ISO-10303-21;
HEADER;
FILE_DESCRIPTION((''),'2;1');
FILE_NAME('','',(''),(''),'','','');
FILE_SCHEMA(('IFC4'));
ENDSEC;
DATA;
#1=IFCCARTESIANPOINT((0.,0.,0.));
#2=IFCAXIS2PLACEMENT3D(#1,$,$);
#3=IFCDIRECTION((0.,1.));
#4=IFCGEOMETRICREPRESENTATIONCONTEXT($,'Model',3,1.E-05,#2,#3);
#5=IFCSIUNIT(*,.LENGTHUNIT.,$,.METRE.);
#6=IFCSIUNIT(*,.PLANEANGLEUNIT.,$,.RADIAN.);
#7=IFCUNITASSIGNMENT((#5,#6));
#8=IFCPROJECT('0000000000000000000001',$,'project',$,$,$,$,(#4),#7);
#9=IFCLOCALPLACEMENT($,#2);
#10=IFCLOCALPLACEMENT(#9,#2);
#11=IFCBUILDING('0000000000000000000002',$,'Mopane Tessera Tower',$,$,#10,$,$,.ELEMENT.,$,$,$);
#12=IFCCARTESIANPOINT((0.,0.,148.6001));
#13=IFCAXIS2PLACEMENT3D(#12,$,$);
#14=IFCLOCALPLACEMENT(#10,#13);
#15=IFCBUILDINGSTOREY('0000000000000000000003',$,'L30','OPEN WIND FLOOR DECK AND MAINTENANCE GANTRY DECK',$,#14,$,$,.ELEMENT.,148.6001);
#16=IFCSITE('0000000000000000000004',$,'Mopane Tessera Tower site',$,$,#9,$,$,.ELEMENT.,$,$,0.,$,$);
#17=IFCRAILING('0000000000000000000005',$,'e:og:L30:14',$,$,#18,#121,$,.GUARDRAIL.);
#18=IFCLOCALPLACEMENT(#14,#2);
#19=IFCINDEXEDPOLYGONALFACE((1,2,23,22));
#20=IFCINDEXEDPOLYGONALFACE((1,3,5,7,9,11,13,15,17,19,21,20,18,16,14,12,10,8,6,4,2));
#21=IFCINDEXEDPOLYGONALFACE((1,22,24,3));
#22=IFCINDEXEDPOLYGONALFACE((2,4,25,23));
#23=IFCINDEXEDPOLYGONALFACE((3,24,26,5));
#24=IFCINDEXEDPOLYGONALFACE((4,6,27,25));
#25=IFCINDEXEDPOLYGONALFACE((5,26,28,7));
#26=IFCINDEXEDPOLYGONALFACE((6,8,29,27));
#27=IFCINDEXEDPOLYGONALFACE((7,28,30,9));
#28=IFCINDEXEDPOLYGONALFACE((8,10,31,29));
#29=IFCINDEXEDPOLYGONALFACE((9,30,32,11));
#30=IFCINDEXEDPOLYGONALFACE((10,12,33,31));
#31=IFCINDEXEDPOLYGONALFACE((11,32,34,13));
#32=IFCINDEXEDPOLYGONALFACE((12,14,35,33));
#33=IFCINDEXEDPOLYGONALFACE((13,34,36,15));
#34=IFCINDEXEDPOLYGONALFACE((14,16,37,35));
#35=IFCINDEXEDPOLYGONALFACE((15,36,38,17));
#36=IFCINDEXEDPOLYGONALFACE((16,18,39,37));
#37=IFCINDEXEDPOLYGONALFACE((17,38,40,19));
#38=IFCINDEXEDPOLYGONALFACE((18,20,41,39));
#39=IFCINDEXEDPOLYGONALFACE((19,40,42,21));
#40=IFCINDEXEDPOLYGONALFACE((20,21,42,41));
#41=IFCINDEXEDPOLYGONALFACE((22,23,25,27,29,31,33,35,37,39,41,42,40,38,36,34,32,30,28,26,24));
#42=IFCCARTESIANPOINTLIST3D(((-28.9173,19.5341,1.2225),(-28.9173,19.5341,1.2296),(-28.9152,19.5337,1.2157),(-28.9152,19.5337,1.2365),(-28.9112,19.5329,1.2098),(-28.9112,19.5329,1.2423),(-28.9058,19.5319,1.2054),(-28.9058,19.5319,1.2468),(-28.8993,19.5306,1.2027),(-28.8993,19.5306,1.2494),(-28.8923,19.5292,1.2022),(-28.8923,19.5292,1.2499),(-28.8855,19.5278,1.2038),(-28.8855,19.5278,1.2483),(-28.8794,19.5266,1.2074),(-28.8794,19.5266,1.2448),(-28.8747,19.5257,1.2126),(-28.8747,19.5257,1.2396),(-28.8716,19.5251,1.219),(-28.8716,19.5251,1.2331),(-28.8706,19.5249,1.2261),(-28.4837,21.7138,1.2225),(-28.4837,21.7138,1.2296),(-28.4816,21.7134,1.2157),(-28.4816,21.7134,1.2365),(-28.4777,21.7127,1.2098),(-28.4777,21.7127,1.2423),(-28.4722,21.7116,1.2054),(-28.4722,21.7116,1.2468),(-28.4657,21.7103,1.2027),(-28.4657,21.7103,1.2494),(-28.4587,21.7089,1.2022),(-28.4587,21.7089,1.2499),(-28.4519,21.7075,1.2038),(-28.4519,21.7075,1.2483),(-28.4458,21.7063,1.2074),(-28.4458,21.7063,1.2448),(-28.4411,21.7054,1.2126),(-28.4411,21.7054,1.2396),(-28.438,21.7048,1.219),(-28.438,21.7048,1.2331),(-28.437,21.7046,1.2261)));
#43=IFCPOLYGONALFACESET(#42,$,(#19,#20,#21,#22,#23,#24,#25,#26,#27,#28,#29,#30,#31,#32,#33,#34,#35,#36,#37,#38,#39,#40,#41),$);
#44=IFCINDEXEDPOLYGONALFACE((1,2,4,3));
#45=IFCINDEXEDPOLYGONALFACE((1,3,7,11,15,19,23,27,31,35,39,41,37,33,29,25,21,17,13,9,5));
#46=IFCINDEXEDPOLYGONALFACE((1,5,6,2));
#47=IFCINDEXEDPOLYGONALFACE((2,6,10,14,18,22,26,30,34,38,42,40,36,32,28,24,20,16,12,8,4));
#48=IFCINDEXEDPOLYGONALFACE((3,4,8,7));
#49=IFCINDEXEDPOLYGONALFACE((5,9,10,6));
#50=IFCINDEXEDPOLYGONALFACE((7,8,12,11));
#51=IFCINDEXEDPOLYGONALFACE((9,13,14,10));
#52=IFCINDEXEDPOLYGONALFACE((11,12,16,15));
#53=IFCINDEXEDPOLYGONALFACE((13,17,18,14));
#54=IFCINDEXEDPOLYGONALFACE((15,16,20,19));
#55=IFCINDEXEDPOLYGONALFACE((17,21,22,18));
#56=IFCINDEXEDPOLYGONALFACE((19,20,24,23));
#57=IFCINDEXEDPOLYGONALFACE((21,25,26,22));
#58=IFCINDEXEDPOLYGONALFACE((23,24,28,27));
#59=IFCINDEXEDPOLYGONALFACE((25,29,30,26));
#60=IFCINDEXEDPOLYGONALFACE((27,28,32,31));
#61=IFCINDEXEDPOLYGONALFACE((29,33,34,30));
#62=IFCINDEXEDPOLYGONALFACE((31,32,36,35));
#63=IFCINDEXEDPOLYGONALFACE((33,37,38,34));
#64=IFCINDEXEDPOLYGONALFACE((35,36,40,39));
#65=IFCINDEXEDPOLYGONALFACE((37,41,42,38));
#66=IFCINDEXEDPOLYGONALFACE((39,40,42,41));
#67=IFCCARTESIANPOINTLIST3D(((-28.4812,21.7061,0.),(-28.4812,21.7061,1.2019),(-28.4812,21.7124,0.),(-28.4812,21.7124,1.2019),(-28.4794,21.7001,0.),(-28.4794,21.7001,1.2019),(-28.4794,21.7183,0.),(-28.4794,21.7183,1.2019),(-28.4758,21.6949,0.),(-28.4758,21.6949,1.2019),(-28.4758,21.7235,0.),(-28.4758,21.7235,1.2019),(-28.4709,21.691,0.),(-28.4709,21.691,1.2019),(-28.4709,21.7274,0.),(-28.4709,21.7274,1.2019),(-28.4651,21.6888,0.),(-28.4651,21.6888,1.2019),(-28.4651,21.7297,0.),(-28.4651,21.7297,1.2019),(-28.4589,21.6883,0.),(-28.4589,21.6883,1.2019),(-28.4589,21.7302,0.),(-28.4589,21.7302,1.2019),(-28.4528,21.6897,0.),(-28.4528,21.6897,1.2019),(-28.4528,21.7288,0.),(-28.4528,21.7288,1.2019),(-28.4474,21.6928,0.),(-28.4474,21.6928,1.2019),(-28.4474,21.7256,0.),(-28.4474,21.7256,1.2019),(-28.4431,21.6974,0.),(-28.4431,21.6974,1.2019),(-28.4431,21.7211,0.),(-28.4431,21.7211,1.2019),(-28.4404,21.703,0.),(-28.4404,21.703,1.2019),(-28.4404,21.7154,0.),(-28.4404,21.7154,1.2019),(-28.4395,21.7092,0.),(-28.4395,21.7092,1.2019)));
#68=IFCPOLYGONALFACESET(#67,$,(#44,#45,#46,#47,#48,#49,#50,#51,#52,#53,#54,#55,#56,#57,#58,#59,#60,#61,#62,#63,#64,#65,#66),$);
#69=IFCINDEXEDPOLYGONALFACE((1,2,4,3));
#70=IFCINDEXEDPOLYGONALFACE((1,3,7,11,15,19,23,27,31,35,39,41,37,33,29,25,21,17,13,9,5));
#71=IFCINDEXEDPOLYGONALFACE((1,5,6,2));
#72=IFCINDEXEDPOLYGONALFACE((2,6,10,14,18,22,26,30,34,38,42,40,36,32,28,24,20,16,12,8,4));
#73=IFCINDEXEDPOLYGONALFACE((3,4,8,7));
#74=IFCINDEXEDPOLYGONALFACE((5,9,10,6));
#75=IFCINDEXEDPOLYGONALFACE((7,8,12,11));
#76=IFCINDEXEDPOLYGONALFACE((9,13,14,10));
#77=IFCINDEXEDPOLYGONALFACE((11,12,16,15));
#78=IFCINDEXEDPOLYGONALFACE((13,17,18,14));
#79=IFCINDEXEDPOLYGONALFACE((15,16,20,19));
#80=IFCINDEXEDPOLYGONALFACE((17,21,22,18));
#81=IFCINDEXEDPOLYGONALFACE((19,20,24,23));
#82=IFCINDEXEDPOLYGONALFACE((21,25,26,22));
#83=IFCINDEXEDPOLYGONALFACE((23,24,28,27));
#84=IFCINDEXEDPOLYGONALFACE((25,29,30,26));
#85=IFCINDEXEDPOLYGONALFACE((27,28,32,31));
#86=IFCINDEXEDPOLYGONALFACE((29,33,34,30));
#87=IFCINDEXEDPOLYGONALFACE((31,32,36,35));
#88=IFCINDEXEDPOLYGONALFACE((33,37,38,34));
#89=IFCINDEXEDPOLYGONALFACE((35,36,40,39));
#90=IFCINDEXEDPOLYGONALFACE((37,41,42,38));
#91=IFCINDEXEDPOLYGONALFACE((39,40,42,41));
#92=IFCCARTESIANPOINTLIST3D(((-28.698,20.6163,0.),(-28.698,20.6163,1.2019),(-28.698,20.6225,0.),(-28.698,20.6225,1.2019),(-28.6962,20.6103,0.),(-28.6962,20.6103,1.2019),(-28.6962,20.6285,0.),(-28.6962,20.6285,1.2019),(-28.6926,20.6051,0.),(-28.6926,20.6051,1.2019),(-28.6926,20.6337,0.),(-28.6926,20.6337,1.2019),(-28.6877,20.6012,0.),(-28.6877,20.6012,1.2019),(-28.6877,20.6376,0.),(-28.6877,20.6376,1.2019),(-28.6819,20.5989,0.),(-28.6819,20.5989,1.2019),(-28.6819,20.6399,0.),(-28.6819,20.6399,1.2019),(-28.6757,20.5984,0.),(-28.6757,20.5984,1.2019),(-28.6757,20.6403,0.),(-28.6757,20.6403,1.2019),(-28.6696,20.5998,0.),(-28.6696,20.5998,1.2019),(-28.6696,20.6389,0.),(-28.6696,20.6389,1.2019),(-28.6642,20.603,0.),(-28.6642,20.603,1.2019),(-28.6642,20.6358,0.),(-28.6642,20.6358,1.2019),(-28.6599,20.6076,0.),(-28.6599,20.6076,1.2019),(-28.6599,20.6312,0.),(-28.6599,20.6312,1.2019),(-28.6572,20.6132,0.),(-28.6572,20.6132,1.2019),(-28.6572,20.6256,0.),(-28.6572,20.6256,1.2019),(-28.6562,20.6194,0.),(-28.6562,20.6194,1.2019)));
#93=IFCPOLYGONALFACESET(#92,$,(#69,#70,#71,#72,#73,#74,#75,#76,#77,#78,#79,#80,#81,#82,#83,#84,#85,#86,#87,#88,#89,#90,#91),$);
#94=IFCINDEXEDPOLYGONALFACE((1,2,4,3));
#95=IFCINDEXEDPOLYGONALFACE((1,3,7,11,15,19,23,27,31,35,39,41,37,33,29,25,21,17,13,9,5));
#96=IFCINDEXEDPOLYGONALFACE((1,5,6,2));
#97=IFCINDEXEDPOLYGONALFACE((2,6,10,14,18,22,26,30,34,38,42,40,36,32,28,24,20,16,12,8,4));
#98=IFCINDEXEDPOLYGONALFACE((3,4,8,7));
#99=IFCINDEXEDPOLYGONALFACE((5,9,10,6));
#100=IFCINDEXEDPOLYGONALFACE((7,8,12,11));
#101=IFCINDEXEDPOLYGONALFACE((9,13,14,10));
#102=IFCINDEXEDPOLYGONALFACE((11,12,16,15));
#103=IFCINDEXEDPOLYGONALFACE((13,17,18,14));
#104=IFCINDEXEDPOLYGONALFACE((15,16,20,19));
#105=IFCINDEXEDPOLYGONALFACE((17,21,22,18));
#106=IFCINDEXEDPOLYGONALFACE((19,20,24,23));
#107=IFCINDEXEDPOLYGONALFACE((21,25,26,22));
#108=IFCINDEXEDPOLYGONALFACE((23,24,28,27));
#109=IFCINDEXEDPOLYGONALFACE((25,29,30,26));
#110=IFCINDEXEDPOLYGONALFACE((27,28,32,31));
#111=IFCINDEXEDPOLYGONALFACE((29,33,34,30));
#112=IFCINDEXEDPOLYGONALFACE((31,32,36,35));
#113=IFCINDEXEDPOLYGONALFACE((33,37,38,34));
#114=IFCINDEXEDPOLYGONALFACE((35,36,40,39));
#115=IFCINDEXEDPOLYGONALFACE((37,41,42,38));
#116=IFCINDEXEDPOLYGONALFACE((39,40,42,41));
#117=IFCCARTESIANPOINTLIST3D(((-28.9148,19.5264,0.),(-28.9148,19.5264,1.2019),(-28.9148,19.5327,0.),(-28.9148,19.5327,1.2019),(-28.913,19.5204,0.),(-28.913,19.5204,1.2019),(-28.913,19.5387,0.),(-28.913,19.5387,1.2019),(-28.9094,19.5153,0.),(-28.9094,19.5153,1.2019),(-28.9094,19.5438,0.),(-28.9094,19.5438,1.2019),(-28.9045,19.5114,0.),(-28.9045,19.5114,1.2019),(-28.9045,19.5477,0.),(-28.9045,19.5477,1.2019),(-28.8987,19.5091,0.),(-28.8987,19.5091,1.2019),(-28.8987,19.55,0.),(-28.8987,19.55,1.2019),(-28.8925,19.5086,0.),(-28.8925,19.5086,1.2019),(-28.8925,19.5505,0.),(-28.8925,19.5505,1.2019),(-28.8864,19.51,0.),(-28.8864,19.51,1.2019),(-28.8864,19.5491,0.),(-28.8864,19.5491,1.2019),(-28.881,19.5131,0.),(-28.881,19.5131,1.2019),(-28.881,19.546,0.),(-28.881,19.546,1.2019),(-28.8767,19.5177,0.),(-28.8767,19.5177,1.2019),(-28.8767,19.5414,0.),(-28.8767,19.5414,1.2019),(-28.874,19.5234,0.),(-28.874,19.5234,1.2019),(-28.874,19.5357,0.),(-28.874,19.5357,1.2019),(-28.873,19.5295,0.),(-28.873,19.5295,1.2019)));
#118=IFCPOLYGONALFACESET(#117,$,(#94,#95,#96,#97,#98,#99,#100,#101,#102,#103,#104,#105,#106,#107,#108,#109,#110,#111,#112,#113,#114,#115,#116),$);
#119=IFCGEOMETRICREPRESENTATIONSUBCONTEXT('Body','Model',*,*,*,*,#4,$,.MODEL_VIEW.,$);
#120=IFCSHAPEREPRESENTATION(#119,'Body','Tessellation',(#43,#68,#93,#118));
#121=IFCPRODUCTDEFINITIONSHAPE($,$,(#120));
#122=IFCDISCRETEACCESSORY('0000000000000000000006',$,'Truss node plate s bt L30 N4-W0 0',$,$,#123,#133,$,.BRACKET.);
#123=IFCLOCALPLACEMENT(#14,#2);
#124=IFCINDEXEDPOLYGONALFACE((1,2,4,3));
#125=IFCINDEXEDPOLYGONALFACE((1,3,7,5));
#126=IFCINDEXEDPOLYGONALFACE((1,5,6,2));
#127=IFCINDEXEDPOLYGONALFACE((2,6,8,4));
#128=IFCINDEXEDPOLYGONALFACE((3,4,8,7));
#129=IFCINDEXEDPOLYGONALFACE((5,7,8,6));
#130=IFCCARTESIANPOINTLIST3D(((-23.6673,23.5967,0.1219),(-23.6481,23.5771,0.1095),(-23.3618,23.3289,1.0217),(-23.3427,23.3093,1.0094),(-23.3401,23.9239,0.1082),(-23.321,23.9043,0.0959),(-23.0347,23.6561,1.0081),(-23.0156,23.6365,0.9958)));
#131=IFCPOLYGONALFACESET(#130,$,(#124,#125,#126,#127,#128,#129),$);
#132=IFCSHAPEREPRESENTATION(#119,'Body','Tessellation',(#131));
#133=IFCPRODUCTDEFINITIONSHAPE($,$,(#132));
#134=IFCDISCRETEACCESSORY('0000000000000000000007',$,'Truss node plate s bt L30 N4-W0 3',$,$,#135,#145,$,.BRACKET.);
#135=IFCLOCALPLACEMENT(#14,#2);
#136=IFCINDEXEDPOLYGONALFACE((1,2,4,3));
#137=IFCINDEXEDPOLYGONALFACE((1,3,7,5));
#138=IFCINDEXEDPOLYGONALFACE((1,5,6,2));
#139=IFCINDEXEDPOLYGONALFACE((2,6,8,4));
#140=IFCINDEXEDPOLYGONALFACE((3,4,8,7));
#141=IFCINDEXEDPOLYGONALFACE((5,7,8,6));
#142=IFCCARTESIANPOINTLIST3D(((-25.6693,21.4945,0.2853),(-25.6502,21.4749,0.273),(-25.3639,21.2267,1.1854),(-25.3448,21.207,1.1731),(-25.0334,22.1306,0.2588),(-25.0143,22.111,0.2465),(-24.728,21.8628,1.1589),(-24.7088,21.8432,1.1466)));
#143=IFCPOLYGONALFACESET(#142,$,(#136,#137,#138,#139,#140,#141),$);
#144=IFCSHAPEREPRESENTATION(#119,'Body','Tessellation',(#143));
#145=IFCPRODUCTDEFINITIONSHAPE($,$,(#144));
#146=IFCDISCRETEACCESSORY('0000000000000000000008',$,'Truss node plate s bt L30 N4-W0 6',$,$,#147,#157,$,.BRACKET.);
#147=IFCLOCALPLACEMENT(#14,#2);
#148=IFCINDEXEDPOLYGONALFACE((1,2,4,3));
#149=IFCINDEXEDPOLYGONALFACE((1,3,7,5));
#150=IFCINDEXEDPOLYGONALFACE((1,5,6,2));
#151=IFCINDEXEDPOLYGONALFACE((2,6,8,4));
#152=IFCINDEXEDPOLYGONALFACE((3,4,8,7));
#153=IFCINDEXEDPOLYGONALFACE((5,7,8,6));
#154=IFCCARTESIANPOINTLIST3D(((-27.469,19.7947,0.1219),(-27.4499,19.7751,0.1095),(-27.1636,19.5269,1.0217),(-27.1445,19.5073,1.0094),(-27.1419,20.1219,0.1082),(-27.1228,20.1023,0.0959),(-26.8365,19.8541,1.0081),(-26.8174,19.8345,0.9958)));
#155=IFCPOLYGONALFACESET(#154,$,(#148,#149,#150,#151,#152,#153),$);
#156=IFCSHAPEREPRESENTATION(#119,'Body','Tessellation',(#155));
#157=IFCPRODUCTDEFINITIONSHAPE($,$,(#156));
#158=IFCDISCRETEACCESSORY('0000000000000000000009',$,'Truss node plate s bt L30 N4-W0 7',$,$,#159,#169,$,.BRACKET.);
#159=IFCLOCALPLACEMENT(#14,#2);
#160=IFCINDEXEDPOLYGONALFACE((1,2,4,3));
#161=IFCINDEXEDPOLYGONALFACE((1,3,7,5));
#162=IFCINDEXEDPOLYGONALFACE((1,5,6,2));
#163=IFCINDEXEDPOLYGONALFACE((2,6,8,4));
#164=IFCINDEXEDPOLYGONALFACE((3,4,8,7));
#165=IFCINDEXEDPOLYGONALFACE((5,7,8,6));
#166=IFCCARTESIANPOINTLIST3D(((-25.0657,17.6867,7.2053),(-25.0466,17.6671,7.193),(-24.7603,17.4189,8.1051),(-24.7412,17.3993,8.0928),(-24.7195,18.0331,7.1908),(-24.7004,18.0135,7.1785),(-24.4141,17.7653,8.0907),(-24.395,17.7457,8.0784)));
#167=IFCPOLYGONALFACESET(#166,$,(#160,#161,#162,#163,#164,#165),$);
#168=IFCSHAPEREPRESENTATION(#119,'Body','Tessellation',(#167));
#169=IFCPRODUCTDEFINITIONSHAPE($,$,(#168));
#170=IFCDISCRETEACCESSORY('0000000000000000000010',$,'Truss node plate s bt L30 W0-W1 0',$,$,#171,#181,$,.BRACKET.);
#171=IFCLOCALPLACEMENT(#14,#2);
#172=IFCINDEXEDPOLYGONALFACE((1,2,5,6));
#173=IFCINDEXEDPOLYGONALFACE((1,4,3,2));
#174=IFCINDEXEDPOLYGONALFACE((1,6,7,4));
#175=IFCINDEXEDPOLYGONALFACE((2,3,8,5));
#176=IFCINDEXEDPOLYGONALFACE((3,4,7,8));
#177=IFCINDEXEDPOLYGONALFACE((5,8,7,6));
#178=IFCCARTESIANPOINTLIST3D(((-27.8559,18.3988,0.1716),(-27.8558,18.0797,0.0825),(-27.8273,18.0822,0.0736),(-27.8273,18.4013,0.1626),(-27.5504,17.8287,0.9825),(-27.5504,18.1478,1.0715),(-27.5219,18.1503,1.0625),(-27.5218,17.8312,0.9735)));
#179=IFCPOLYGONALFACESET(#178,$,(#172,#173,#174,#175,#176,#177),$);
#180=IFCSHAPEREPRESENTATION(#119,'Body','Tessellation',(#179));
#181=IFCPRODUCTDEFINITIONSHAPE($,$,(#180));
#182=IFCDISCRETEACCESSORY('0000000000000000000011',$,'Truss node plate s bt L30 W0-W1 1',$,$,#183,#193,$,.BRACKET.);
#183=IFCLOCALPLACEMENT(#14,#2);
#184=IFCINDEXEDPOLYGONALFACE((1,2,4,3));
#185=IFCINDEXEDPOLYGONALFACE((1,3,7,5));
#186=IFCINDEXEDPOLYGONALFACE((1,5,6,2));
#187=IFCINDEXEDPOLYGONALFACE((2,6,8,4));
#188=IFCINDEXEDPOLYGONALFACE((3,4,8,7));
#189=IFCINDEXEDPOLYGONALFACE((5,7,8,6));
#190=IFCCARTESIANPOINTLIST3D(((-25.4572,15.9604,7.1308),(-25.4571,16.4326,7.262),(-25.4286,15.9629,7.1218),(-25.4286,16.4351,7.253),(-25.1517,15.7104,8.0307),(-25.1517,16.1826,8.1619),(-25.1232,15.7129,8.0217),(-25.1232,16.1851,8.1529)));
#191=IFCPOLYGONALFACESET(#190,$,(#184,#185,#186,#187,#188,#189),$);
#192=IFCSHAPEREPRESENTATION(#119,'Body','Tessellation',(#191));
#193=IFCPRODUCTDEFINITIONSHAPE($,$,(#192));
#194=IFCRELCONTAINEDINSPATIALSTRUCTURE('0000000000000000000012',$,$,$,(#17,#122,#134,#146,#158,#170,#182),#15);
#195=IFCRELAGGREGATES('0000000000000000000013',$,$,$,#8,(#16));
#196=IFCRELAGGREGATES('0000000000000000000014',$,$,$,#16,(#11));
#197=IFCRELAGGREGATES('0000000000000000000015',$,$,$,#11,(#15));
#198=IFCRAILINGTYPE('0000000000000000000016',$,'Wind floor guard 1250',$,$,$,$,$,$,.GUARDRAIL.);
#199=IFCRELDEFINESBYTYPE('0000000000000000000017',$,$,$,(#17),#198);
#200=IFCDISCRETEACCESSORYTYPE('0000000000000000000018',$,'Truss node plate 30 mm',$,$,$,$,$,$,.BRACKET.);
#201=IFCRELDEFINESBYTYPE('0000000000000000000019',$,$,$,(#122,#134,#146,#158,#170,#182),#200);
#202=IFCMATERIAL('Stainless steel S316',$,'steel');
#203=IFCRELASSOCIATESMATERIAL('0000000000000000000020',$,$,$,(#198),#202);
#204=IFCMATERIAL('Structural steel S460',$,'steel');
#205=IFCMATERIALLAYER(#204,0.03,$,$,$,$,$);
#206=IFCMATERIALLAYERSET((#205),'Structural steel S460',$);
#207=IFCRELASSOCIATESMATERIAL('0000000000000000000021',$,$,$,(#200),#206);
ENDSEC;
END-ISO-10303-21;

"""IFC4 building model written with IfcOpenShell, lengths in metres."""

from ifc_helpers import new_model, si_unit, direction, frame, origin, origin_2d, place, context, subcontext, project, spatial, rectangle, circle, extrude, material, layer, layer_set, type_object, element, save


model = new_model("IFC4")

# Units and contexts
model_context = context("Model", 3, precision=1e-05, world=origin(), true_north=direction((0.0, 1.0)))
body_context = subcontext(model_context, "Body", "Model", "MODEL_VIEW")
ifc_project = project(units=[si_unit("LENGTHUNIT", "METRE"), si_unit("PLANEANGLEUNIT", "RADIAN")], contexts=[model_context])

# Site, building, storey
site_placement = place(None, origin())
site = spatial("IfcSite", under=ifc_project, at=site_placement, Name="Mopane Tessera Tower site", CompositionType="ELEMENT", RefElevation=0.0)
building_placement = place(site_placement, origin())
building = spatial("IfcBuilding", under=site, at=building_placement, Name="Mopane Tessera Tower", CompositionType="ELEMENT")
storey_placement = place(building_placement, frame((0.0, 0.0, 148.6001)))
storey = spatial("IfcBuildingStorey", under=building, at=storey_placement, Name="L30", Description="OPEN WIND FLOOR DECK AND MAINTENANCE GANTRY DECK", CompositionType="ELEMENT", Elevation=148.6001)

# Railing
ifc_material_1 = material(Name="Stainless steel S316", Category="steel")
railing_type = type_object("IfcRailingType", Name="Wind floor guard 1250", PredefinedType="GUARDRAIL", material=ifc_material_1)
railing_1_placement = place(storey_placement, frame((-28.4604, 21.7092, 0.0)))
element("IfcRailing", 1, at=railing_1_placement, inside=storey, type_object=railing_type, Name="e:og:L30:14", PredefinedType="GUARDRAIL", context=body_context, shape_type="SweptSolid", body=[
    extrude(circle(Radius=0.0239, at=origin_2d()), frame((0.0, 0.0, 1.2261), z_axis=(-0.195102, -0.980783, 0.0), x_axis=(0.980783, -0.195102, 0.0)), (0.0, 0.0, 1.0), 2.2224),
    extrude(circle(Radius=0.021, at=origin_2d()), origin(), (0.0, 0.0, 1.0), 1.2019),
    extrude(circle(Radius=0.021, at=origin_2d()), frame((-0.2168, -1.0898, 0.0)), (0.0, 0.0, 1.0), 1.2019),
    extrude(circle(Radius=0.021, at=origin_2d()), frame((-0.4336, -2.1797, 0.0)), (0.0, 0.0, 1.0), 1.2019),
])

# Discrete accessories
ifc_material_2 = material(Name="Structural steel S460", Category="steel")
ifc_layer_1 = layer(ifc_material_2, 0.03)
ifc_layer_set_1 = layer_set([ifc_layer_1], Name="Structural steel S460")
discrete_accessory_type = type_object("IfcDiscreteAccessoryType", Name="Truss node plate 30 mm", PredefinedType="BRACKET", material=ifc_layer_set_1)
discrete_accessory_1_placement = place(storey_placement, frame((-23.4941, 23.7505, 0.1089), z_axis=(0.309337, -0.271257, 0.911444), x_axis=(0.636314, -0.653225, -0.410368)))
element("IfcDiscreteAccessory", 2, at=discrete_accessory_1_placement, inside=storey, type_object=discrete_accessory_type, Name="Truss node plate s bt L30 N4-W0 0", PredefinedType="BRACKET", context=body_context, shape_type="SweptSolid", body=[
    extrude(rectangle(XDim=0.03, YDim=0.4629, at=origin_2d()), origin(), (0.0, 0.0, 1.0), 0.9873),
])
discrete_accessory_2_placement = place(storey_placement, frame((-25.3418, 21.8027, 0.2659), z_axis=(0.309267, -0.271196, 0.911486), x_axis=(0.636345, -0.653252, -0.410276)))
element("IfcDiscreteAccessory", 3, at=discrete_accessory_2_placement, inside=storey, type_object=discrete_accessory_type, Name="Truss node plate s bt L30 N4-W0 3", PredefinedType="BRACKET", context=body_context, shape_type="SweptSolid", body=[
    extrude(rectangle(XDim=0.03, YDim=0.8999, at=origin_2d()), origin(), (0.0, 0.0, 1.0), 0.9875),
])
discrete_accessory_3_placement = place(storey_placement, frame((-27.2959, 19.9485, 0.1089), z_axis=(0.309337, -0.271257, 0.911444), x_axis=(0.636314, -0.653225, -0.410368)))
element("IfcDiscreteAccessory", 4, at=discrete_accessory_3_placement, inside=storey, type_object=discrete_accessory_type, Name="Truss node plate s bt L30 N4-W0 6", PredefinedType="BRACKET", context=body_context, shape_type="SweptSolid", body=[
    extrude(rectangle(XDim=0.03, YDim=0.4629, at=origin_2d()), origin(), (0.0, 0.0, 1.0), 0.9873),
])
discrete_accessory_4_placement = place(storey_placement, frame((-24.8831, 17.8501, 7.1919), z_axis=(0.309337, -0.271257, 0.911444), x_axis=(0.636314, -0.653225, -0.410368)))
element("IfcDiscreteAccessory", 5, at=discrete_accessory_4_placement, inside=storey, type_object=discrete_accessory_type, Name="Truss node plate s bt L30 N4-W0 7", PredefinedType="BRACKET", context=body_context, shape_type="SweptSolid", body=[
    extrude(rectangle(XDim=0.03, YDim=0.49, at=origin_2d()), origin(), (0.0, 0.0, 1.0), 0.9873),
])
discrete_accessory_5_placement = place(storey_placement, frame((-27.8416, 18.2405, 0.1226), z_axis=(0.310733, -0.255343, 0.915557), x_axis=(0.950497, 0.083642, -0.299264)))
element("IfcDiscreteAccessory", 6, at=discrete_accessory_5_placement, inside=storey, type_object=discrete_accessory_type, Name="Truss node plate s bt L30 W0-W1 0", PredefinedType="BRACKET", context=body_context, shape_type="SweptSolid", body=[
    extrude(rectangle(XDim=0.03, YDim=0.3313, at=origin_2d()), origin(), (0.0, 0.0, 1.0), 0.9829),
])
discrete_accessory_6_placement = place(storey_placement, frame((-25.4429, 16.1978, 7.1919), z_axis=(0.310812, -0.254413, 0.915789), x_axis=(0.950471, 0.083117, -0.299492)))
element("IfcDiscreteAccessory", 7, at=discrete_accessory_6_placement, inside=storey, type_object=discrete_accessory_type, Name="Truss node plate s bt L30 W0-W1 1", PredefinedType="BRACKET", context=body_context, shape_type="SweptSolid", body=[
    extrude(rectangle(XDim=0.03, YDim=0.49, at=origin_2d()), origin(), (0.0, 0.0, 1.0), 0.9827),
])

save(model, "model.ifc")
